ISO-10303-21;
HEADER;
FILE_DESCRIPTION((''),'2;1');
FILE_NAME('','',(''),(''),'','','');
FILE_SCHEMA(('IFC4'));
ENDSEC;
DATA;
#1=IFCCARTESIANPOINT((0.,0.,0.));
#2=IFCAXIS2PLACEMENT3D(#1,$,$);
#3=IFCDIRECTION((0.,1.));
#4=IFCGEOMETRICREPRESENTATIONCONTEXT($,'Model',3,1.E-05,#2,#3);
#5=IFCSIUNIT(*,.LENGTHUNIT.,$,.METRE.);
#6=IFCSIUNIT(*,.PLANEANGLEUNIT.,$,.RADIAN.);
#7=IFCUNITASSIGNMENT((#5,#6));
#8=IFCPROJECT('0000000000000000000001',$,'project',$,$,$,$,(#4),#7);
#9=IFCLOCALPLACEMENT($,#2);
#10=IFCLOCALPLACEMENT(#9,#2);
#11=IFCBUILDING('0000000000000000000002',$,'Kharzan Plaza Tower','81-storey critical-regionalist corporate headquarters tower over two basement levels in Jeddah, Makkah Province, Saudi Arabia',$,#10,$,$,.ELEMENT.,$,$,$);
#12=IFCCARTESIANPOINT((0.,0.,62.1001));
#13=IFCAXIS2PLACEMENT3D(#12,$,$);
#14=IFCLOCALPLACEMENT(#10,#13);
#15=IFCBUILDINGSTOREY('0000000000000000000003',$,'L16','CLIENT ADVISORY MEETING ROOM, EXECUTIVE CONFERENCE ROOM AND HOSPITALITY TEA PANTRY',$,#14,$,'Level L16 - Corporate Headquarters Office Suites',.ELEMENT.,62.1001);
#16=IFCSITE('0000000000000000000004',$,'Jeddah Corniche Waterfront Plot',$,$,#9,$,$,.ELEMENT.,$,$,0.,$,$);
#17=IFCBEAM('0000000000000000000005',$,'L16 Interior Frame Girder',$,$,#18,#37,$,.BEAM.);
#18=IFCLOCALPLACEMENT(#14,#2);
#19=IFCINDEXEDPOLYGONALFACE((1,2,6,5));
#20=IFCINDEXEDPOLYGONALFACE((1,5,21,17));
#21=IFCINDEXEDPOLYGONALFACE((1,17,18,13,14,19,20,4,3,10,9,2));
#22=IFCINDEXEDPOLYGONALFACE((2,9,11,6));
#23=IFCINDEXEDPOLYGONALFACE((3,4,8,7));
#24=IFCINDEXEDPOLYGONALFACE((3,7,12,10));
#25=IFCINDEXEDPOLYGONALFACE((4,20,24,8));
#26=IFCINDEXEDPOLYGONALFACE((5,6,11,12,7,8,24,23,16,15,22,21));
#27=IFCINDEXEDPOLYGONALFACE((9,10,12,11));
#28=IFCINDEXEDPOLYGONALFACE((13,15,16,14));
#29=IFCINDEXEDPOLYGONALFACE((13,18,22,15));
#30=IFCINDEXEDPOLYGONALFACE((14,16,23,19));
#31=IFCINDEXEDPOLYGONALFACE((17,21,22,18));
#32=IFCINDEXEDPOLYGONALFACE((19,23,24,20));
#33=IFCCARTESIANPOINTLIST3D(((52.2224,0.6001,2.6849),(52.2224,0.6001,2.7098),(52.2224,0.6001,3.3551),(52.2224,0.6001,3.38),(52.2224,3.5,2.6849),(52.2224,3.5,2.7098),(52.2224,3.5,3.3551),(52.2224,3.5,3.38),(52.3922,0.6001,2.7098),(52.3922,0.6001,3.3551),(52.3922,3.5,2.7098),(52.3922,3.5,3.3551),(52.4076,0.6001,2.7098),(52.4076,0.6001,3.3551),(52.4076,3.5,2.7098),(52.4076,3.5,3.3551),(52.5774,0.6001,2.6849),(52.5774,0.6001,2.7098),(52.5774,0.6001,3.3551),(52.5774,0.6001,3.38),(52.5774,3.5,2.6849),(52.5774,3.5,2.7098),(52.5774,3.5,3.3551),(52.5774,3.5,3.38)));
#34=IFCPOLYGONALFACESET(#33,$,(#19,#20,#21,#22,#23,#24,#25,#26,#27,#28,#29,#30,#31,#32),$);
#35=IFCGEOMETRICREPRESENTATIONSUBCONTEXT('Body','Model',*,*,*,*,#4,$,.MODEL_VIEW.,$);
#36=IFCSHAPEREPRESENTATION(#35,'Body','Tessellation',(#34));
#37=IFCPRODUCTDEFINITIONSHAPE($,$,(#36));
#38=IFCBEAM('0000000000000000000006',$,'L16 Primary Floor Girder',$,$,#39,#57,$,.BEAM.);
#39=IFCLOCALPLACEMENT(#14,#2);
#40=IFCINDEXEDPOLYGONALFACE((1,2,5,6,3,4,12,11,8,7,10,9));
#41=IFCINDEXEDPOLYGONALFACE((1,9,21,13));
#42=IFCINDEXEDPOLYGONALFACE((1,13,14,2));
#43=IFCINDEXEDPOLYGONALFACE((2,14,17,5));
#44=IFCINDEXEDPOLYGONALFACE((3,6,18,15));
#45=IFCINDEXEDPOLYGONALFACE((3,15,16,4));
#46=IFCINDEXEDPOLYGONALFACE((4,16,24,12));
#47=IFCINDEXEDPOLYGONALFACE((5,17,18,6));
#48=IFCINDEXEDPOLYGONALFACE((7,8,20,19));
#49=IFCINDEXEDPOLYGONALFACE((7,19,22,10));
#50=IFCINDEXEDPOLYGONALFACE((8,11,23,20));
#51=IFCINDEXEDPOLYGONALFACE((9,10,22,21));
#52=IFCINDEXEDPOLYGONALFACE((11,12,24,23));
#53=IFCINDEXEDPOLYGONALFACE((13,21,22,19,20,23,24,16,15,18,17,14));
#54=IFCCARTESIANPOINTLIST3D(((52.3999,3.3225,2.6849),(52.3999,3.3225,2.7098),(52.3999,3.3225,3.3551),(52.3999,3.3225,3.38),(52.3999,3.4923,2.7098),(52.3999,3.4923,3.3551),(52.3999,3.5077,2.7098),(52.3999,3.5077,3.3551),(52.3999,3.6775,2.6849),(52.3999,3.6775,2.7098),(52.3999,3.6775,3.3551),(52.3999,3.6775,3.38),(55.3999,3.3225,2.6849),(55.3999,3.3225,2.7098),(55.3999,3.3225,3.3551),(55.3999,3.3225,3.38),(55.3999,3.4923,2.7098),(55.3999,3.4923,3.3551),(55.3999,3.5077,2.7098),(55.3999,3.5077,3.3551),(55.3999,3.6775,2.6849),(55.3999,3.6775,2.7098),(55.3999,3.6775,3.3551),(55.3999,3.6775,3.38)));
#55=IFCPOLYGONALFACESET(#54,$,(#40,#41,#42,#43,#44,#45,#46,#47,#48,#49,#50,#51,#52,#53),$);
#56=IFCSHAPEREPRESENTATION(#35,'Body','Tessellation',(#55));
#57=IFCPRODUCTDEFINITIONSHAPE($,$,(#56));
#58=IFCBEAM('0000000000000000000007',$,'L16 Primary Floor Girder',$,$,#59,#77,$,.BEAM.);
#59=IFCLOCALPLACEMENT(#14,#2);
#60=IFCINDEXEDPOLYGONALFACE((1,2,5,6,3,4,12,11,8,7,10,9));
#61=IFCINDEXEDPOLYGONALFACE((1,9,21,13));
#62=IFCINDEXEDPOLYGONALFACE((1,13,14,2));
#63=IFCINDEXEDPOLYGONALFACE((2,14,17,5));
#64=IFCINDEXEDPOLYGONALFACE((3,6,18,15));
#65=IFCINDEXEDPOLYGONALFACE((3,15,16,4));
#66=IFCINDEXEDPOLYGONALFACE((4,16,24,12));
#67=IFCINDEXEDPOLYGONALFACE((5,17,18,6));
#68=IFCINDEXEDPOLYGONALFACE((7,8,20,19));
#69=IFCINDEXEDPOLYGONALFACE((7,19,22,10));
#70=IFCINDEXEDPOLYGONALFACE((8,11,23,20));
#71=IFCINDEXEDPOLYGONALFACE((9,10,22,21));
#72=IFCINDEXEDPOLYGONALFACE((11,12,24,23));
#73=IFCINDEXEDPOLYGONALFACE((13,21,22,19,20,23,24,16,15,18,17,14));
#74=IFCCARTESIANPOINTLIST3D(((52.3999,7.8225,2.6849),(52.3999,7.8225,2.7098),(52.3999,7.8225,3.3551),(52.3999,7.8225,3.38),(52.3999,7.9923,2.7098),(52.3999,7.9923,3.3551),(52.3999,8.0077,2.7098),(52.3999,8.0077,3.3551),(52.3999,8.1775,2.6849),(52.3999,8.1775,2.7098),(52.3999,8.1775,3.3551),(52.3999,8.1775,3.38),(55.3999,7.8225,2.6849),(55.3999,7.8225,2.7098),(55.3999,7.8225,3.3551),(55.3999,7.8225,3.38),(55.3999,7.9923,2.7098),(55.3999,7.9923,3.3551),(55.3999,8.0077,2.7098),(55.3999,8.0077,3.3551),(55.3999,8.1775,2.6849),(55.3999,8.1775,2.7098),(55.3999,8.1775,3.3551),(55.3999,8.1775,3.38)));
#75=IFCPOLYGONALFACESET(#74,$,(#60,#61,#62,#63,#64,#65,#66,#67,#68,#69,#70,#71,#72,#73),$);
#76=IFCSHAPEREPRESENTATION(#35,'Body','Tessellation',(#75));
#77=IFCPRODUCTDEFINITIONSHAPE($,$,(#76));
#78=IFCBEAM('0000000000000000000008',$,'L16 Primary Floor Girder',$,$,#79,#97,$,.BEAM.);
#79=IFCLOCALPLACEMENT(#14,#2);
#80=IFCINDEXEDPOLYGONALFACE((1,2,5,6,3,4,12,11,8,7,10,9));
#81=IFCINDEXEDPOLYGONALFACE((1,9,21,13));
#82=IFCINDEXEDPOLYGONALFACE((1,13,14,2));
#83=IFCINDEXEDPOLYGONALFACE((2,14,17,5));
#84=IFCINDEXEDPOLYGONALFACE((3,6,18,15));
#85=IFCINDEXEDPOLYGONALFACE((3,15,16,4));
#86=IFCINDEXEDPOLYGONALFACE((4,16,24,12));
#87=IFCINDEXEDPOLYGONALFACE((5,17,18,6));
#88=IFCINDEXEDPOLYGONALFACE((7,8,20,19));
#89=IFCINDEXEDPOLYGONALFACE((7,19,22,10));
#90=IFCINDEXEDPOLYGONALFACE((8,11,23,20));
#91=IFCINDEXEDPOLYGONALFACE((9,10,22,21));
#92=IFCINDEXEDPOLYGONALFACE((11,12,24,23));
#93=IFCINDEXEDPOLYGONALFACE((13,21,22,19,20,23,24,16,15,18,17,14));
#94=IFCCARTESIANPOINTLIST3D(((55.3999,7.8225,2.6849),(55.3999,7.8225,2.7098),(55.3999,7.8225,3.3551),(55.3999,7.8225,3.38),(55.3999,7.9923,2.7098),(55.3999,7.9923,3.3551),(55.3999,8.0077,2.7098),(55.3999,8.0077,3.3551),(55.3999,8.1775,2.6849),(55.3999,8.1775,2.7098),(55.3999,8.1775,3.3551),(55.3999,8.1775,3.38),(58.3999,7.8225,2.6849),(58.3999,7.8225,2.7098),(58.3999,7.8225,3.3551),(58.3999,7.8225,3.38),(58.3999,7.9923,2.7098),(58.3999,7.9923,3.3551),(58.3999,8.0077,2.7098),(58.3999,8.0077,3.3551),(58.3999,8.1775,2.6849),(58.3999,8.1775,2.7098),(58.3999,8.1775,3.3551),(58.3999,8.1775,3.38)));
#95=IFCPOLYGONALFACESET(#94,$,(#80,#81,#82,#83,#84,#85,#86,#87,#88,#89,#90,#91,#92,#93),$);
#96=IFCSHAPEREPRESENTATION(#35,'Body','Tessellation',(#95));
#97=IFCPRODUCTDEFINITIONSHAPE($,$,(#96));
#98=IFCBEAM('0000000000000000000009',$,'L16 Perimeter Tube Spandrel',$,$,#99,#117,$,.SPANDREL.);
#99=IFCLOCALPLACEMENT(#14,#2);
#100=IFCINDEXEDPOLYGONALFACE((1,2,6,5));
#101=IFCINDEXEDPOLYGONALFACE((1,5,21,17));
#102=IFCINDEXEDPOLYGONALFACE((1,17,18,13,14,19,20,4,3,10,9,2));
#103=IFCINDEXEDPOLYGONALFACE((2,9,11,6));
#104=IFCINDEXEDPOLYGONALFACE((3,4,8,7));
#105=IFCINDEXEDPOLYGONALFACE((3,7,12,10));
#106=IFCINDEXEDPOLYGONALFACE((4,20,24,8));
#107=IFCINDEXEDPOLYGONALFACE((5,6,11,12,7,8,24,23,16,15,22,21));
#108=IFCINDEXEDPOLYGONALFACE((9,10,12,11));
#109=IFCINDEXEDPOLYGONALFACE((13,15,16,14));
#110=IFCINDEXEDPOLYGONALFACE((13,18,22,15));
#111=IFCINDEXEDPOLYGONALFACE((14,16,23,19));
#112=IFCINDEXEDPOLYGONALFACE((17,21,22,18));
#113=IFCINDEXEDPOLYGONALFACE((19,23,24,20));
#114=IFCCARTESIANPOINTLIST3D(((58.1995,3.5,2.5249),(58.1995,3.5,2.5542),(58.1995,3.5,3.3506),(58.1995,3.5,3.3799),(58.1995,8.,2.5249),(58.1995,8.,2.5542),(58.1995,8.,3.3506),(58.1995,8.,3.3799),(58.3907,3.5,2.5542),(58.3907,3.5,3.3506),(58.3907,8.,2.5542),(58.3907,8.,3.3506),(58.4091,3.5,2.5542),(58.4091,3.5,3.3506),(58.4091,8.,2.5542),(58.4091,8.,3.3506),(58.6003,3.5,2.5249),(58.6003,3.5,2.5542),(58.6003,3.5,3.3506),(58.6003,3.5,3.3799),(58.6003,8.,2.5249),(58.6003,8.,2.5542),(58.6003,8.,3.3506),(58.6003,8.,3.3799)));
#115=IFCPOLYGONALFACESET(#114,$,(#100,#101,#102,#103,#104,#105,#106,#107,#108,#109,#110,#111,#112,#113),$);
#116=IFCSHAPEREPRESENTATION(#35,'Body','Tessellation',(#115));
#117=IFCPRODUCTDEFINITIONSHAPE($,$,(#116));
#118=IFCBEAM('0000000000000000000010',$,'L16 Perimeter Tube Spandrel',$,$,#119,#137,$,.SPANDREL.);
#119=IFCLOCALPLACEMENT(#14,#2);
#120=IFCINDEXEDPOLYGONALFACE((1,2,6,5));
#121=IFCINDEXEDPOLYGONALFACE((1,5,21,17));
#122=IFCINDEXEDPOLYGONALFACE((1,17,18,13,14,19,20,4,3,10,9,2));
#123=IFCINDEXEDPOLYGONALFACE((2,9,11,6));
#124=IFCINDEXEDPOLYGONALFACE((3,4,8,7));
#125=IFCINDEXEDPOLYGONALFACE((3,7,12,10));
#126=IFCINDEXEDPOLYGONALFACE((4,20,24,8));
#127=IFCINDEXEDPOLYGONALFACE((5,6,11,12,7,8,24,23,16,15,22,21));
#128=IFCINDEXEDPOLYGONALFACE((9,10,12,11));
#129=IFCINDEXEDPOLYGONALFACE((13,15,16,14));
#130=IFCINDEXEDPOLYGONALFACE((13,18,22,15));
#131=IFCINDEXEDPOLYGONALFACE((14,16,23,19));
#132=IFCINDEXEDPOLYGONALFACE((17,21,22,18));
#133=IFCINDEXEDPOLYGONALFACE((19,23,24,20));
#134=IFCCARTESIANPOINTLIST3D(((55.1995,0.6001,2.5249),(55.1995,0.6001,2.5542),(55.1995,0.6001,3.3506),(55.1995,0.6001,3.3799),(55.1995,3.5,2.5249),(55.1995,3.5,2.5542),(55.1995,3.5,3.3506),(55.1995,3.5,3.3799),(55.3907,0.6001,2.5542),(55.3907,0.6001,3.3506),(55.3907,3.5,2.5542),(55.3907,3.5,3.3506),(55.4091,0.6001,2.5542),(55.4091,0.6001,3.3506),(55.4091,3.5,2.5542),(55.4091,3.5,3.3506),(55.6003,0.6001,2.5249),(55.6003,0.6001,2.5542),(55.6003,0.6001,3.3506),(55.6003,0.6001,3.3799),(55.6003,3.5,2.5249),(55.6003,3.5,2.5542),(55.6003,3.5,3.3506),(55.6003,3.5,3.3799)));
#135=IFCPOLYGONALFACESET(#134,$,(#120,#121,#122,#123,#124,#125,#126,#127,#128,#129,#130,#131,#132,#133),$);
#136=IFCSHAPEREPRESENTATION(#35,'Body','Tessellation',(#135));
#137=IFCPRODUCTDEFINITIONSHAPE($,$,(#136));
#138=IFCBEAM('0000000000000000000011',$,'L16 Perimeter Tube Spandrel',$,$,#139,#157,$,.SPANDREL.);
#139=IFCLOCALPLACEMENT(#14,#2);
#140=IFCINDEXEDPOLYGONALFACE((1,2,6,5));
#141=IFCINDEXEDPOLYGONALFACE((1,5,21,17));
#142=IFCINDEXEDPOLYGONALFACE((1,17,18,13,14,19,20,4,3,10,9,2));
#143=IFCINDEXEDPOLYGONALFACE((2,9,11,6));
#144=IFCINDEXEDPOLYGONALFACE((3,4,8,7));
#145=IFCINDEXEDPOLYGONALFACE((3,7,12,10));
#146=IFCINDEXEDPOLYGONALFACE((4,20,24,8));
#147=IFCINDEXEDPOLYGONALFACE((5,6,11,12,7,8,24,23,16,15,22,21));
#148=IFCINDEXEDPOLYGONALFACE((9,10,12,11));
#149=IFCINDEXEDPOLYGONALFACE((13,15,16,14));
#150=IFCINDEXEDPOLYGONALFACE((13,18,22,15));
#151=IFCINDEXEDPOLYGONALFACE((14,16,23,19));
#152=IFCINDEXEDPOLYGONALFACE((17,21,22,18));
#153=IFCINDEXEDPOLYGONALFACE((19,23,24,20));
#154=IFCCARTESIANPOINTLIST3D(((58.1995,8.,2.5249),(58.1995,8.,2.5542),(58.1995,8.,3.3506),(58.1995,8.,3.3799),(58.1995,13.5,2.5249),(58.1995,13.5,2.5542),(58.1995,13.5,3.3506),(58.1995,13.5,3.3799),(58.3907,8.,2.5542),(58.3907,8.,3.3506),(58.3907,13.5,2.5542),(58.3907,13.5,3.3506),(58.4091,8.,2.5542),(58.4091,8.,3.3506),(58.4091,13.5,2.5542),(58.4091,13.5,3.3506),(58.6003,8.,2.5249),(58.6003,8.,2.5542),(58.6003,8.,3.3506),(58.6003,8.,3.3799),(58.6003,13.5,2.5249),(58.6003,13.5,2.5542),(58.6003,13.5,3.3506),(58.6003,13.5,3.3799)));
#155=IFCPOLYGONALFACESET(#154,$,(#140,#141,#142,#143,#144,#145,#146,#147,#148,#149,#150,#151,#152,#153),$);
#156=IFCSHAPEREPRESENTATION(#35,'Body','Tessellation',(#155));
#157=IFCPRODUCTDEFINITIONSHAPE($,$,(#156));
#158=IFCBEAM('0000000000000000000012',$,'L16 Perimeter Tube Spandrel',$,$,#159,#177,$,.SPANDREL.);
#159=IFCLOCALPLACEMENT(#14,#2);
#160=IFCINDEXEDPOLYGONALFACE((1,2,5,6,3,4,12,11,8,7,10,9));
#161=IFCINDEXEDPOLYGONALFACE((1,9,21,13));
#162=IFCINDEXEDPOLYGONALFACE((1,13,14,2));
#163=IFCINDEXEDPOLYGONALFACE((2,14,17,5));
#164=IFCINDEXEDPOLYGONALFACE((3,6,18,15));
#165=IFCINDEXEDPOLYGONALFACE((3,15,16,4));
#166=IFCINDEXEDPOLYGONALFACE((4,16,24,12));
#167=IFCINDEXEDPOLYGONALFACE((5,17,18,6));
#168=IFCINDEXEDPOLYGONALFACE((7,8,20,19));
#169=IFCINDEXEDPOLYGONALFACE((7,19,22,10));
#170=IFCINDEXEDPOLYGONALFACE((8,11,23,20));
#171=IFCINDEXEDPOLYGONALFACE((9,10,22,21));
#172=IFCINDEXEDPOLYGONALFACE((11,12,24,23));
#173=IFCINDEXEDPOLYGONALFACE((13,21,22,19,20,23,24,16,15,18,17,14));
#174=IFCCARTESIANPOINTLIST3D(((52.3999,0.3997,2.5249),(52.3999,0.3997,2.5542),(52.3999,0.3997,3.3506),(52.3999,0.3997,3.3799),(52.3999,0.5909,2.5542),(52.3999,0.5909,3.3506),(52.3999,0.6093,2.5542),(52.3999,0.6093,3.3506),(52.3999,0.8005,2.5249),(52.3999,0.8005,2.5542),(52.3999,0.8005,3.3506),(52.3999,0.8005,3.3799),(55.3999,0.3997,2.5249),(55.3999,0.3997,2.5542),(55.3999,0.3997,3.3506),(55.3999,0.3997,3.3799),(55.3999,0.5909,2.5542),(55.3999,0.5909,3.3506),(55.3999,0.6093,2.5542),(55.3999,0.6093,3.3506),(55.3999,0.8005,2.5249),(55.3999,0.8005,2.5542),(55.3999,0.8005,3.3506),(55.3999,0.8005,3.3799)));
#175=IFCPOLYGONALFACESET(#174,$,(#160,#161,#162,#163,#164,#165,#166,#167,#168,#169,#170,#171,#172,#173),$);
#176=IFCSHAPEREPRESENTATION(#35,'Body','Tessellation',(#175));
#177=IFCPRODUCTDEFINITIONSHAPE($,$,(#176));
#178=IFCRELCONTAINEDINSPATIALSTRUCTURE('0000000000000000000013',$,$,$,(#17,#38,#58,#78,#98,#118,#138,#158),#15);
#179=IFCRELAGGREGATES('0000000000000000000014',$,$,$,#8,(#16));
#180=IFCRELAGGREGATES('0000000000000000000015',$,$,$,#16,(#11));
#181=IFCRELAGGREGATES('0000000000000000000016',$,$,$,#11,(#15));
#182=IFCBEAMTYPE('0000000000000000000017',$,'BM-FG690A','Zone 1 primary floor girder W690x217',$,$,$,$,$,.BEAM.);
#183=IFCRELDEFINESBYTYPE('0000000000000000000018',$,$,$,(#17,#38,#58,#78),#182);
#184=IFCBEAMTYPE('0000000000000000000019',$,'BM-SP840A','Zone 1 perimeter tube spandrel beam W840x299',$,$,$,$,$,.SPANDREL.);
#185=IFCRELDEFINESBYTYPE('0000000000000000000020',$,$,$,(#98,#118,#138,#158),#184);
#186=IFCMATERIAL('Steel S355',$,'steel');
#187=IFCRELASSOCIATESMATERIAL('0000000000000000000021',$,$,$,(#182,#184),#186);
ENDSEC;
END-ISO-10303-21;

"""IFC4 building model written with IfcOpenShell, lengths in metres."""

from ifc_helpers import new_model, si_unit, direction, frame, origin, origin_2d, place, context, subcontext, project, spatial, i_section, extrude, source, transform, mapped, material, material_profile, profile_set, type_object, element, save


model = new_model("IFC4")

# Units and contexts
model_context = context("Model", 3, precision=1e-05, world=origin(), true_north=direction((0.0, 1.0)))
body_context = subcontext(model_context, "Body", "Model", "MODEL_VIEW")
ifc_project = project(units=[si_unit("LENGTHUNIT", "METRE"), si_unit("PLANEANGLEUNIT", "RADIAN")], contexts=[model_context])

# Site, building, storey
site_placement = place(None, origin())
site = spatial("IfcSite", under=ifc_project, at=site_placement, Name="Jeddah Corniche Waterfront Plot", CompositionType="ELEMENT", RefElevation=0.0)
building_placement = place(site_placement, origin())
building = spatial("IfcBuilding", under=site, at=building_placement, Name="Kharzan Plaza Tower", Description="81-storey critical-regionalist corporate headquarters tower over two basement levels in Jeddah, Makkah Province, Saudi Arabia", CompositionType="ELEMENT")
storey_placement = place(building_placement, frame((0.0, 0.0, 62.1001)))
storey = spatial("IfcBuildingStorey", under=building, at=storey_placement, Name="L16", Description="CLIENT ADVISORY MEETING ROOM, EXECUTIVE CONFERENCE ROOM AND HOSPITALITY TEA PANTRY", LongName="Level L16 - Corporate Headquarters Office Suites", CompositionType="ELEMENT", Elevation=62.1001)

# Beams
ifc_material_1 = material(Name="Steel S355", Category="steel")
ifc_material_profile_1 = material_profile(ifc_material_1, i_section(OverallWidth=0.355, OverallDepth=0.6951, WebThickness=0.0154, FlangeThickness=0.0249, at=origin_2d()), Name="W690x217")
ifc_profile_set_1 = profile_set([ifc_material_profile_1], Name="Steel S355")
beam_type_1 = type_object("IfcBeamType", Name="BM-FG690A", Description="Zone 1 primary floor girder W690x217", PredefinedType="BEAM", material=ifc_profile_set_1)
shared_shape_1 = source(origin(), body_context, "Body", "SweptSolid", [
    extrude(i_section(OverallWidth=0.355, OverallDepth=0.6951, WebThickness=0.0154, FlangeThickness=0.0249, at=origin_2d()), origin(), (0.0, 0.0, 1.0), 2.8999),
])
beam_1_placement = place(storey_placement, frame((52.3999, 0.6001, 3.0325), z_axis=(0.0, 1.0, 0.0), x_axis=(-1.0, 0.0, 0.0)))
element("IfcBeam", 1, at=beam_1_placement, inside=storey, type_object=beam_type_1, Name="L16 Interior Frame Girder", PredefinedType="BEAM", context=body_context, shape_type="MappedRepresentation", body=[
    mapped(shared_shape_1, transform((0.0, 0.0, 0.0), x_axis=(1.0, 0.0, 0.0), y_axis=(0.0, 1.0, 0.0), z_axis=(0.0, 0.0, 1.0))),
])
shared_shape_2 = source(origin(), body_context, "Body", "SweptSolid", [
    extrude(i_section(OverallWidth=0.355, OverallDepth=0.6951, WebThickness=0.0154, FlangeThickness=0.0249, at=origin_2d()), origin(), (0.0, 0.0, 1.0), 3.0),
])
for number, where, z_axis, x_axis, name in (
    (2, (52.3999, 3.5, 3.0325), (1.0, 0.0, 0.0), (0.0, 1.0, 0.0), "L16 Primary Floor Girder"),
    (3, (52.3999, 8.0, 3.0325), (1.0, 0.0, 0.0), (0.0, 1.0, 0.0), "L16 Primary Floor Girder"),
    (4, (55.3999, 8.0, 3.0325), (1.0, 0.0, 0.0), (0.0, 1.0, 0.0), "L16 Primary Floor Girder"),
):
    element("IfcBeam", number, at=place(storey_placement, frame(where, z_axis=z_axis, x_axis=x_axis)), inside=storey, type_object=beam_type_1, Name=name, PredefinedType="BEAM", context=body_context, shape_type="MappedRepresentation", body=[
        mapped(shared_shape_2, transform((0.0, 0.0, 0.0), x_axis=(1.0, 0.0, 0.0), y_axis=(0.0, 1.0, 0.0), z_axis=(0.0, 0.0, 1.0))),
    ])
ifc_material_profile_2 = material_profile(ifc_material_1, i_section(OverallWidth=0.4009, OverallDepth=0.855, WebThickness=0.0183, FlangeThickness=0.0293, at=origin_2d()), Name="W840x299")
ifc_profile_set_2 = profile_set([ifc_material_profile_2], Name="Steel S355")
beam_type_2 = type_object("IfcBeamType", Name="BM-SP840A", Description="Zone 1 perimeter tube spandrel beam W840x299", PredefinedType="SPANDREL", material=ifc_profile_set_2)
shared_shape_3 = source(origin(), body_context, "Body", "SweptSolid", [
    extrude(i_section(OverallWidth=0.4009, OverallDepth=0.855, WebThickness=0.0183, FlangeThickness=0.0293, at=origin_2d()), origin(), (0.0, 0.0, 1.0), 4.5),
])
beam_2_placement = place(storey_placement, frame((58.3999, 3.5, 2.9524), z_axis=(0.0, 1.0, 0.0), x_axis=(-1.0, 0.0, 0.0)))
element("IfcBeam", 5, at=beam_2_placement, inside=storey, type_object=beam_type_2, Name="L16 Perimeter Tube Spandrel", PredefinedType="SPANDREL", context=body_context, shape_type="MappedRepresentation", body=[
    mapped(shared_shape_3, transform((0.0, 0.0, 0.0), x_axis=(1.0, 0.0, 0.0), y_axis=(0.0, 1.0, 0.0), z_axis=(0.0, 0.0, 1.0))),
])
shared_shape_4 = source(origin(), body_context, "Body", "SweptSolid", [
    extrude(i_section(OverallWidth=0.4009, OverallDepth=0.855, WebThickness=0.0183, FlangeThickness=0.0293, at=origin_2d()), origin(), (0.0, 0.0, 1.0), 2.8999),
])
beam_3_placement = place(storey_placement, frame((55.3999, 0.6001, 2.9524), z_axis=(0.0, 1.0, 0.0), x_axis=(-1.0, 0.0, 0.0)))
element("IfcBeam", 6, at=beam_3_placement, inside=storey, type_object=beam_type_2, Name="L16 Perimeter Tube Spandrel", PredefinedType="SPANDREL", context=body_context, shape_type="MappedRepresentation", body=[
    mapped(shared_shape_4, transform((0.0, 0.0, 0.0), x_axis=(1.0, 0.0, 0.0), y_axis=(0.0, 1.0, 0.0), z_axis=(0.0, 0.0, 1.0))),
])
shared_shape_5 = source(origin(), body_context, "Body", "SweptSolid", [
    extrude(i_section(OverallWidth=0.4009, OverallDepth=0.855, WebThickness=0.0183, FlangeThickness=0.0293, at=origin_2d()), origin(), (0.0, 0.0, 1.0), 5.5),
])
beam_4_placement = place(storey_placement, frame((58.3999, 8.0, 2.9524), z_axis=(0.0, 1.0, 0.0), x_axis=(-1.0, 0.0, 0.0)))
element("IfcBeam", 7, at=beam_4_placement, inside=storey, type_object=beam_type_2, Name="L16 Perimeter Tube Spandrel", PredefinedType="SPANDREL", context=body_context, shape_type="MappedRepresentation", body=[
    mapped(shared_shape_5, transform((0.0, 0.0, 0.0), x_axis=(1.0, 0.0, 0.0), y_axis=(0.0, 1.0, 0.0), z_axis=(0.0, 0.0, 1.0))),
])
shared_shape_6 = source(origin(), body_context, "Body", "SweptSolid", [
    extrude(i_section(OverallWidth=0.4009, OverallDepth=0.855, WebThickness=0.0183, FlangeThickness=0.0293, at=origin_2d()), origin(), (0.0, 0.0, 1.0), 3.0),
])
for number, where, z_axis, x_axis, name in (
    (8, (52.3999, 0.6001, 2.9524), (1.0, 0.0, 0.0), (0.0, 1.0, 0.0), "L16 Perimeter Tube Spandrel"),
):
    element("IfcBeam", number, at=place(storey_placement, frame(where, z_axis=z_axis, x_axis=x_axis)), inside=storey, type_object=beam_type_2, Name=name, PredefinedType="SPANDREL", context=body_context, shape_type="MappedRepresentation", body=[
        mapped(shared_shape_6, transform((0.0, 0.0, 0.0), x_axis=(1.0, 0.0, 0.0), y_axis=(0.0, 1.0, 0.0), z_axis=(0.0, 0.0, 1.0))),
    ])

save(model, "model.ifc")
